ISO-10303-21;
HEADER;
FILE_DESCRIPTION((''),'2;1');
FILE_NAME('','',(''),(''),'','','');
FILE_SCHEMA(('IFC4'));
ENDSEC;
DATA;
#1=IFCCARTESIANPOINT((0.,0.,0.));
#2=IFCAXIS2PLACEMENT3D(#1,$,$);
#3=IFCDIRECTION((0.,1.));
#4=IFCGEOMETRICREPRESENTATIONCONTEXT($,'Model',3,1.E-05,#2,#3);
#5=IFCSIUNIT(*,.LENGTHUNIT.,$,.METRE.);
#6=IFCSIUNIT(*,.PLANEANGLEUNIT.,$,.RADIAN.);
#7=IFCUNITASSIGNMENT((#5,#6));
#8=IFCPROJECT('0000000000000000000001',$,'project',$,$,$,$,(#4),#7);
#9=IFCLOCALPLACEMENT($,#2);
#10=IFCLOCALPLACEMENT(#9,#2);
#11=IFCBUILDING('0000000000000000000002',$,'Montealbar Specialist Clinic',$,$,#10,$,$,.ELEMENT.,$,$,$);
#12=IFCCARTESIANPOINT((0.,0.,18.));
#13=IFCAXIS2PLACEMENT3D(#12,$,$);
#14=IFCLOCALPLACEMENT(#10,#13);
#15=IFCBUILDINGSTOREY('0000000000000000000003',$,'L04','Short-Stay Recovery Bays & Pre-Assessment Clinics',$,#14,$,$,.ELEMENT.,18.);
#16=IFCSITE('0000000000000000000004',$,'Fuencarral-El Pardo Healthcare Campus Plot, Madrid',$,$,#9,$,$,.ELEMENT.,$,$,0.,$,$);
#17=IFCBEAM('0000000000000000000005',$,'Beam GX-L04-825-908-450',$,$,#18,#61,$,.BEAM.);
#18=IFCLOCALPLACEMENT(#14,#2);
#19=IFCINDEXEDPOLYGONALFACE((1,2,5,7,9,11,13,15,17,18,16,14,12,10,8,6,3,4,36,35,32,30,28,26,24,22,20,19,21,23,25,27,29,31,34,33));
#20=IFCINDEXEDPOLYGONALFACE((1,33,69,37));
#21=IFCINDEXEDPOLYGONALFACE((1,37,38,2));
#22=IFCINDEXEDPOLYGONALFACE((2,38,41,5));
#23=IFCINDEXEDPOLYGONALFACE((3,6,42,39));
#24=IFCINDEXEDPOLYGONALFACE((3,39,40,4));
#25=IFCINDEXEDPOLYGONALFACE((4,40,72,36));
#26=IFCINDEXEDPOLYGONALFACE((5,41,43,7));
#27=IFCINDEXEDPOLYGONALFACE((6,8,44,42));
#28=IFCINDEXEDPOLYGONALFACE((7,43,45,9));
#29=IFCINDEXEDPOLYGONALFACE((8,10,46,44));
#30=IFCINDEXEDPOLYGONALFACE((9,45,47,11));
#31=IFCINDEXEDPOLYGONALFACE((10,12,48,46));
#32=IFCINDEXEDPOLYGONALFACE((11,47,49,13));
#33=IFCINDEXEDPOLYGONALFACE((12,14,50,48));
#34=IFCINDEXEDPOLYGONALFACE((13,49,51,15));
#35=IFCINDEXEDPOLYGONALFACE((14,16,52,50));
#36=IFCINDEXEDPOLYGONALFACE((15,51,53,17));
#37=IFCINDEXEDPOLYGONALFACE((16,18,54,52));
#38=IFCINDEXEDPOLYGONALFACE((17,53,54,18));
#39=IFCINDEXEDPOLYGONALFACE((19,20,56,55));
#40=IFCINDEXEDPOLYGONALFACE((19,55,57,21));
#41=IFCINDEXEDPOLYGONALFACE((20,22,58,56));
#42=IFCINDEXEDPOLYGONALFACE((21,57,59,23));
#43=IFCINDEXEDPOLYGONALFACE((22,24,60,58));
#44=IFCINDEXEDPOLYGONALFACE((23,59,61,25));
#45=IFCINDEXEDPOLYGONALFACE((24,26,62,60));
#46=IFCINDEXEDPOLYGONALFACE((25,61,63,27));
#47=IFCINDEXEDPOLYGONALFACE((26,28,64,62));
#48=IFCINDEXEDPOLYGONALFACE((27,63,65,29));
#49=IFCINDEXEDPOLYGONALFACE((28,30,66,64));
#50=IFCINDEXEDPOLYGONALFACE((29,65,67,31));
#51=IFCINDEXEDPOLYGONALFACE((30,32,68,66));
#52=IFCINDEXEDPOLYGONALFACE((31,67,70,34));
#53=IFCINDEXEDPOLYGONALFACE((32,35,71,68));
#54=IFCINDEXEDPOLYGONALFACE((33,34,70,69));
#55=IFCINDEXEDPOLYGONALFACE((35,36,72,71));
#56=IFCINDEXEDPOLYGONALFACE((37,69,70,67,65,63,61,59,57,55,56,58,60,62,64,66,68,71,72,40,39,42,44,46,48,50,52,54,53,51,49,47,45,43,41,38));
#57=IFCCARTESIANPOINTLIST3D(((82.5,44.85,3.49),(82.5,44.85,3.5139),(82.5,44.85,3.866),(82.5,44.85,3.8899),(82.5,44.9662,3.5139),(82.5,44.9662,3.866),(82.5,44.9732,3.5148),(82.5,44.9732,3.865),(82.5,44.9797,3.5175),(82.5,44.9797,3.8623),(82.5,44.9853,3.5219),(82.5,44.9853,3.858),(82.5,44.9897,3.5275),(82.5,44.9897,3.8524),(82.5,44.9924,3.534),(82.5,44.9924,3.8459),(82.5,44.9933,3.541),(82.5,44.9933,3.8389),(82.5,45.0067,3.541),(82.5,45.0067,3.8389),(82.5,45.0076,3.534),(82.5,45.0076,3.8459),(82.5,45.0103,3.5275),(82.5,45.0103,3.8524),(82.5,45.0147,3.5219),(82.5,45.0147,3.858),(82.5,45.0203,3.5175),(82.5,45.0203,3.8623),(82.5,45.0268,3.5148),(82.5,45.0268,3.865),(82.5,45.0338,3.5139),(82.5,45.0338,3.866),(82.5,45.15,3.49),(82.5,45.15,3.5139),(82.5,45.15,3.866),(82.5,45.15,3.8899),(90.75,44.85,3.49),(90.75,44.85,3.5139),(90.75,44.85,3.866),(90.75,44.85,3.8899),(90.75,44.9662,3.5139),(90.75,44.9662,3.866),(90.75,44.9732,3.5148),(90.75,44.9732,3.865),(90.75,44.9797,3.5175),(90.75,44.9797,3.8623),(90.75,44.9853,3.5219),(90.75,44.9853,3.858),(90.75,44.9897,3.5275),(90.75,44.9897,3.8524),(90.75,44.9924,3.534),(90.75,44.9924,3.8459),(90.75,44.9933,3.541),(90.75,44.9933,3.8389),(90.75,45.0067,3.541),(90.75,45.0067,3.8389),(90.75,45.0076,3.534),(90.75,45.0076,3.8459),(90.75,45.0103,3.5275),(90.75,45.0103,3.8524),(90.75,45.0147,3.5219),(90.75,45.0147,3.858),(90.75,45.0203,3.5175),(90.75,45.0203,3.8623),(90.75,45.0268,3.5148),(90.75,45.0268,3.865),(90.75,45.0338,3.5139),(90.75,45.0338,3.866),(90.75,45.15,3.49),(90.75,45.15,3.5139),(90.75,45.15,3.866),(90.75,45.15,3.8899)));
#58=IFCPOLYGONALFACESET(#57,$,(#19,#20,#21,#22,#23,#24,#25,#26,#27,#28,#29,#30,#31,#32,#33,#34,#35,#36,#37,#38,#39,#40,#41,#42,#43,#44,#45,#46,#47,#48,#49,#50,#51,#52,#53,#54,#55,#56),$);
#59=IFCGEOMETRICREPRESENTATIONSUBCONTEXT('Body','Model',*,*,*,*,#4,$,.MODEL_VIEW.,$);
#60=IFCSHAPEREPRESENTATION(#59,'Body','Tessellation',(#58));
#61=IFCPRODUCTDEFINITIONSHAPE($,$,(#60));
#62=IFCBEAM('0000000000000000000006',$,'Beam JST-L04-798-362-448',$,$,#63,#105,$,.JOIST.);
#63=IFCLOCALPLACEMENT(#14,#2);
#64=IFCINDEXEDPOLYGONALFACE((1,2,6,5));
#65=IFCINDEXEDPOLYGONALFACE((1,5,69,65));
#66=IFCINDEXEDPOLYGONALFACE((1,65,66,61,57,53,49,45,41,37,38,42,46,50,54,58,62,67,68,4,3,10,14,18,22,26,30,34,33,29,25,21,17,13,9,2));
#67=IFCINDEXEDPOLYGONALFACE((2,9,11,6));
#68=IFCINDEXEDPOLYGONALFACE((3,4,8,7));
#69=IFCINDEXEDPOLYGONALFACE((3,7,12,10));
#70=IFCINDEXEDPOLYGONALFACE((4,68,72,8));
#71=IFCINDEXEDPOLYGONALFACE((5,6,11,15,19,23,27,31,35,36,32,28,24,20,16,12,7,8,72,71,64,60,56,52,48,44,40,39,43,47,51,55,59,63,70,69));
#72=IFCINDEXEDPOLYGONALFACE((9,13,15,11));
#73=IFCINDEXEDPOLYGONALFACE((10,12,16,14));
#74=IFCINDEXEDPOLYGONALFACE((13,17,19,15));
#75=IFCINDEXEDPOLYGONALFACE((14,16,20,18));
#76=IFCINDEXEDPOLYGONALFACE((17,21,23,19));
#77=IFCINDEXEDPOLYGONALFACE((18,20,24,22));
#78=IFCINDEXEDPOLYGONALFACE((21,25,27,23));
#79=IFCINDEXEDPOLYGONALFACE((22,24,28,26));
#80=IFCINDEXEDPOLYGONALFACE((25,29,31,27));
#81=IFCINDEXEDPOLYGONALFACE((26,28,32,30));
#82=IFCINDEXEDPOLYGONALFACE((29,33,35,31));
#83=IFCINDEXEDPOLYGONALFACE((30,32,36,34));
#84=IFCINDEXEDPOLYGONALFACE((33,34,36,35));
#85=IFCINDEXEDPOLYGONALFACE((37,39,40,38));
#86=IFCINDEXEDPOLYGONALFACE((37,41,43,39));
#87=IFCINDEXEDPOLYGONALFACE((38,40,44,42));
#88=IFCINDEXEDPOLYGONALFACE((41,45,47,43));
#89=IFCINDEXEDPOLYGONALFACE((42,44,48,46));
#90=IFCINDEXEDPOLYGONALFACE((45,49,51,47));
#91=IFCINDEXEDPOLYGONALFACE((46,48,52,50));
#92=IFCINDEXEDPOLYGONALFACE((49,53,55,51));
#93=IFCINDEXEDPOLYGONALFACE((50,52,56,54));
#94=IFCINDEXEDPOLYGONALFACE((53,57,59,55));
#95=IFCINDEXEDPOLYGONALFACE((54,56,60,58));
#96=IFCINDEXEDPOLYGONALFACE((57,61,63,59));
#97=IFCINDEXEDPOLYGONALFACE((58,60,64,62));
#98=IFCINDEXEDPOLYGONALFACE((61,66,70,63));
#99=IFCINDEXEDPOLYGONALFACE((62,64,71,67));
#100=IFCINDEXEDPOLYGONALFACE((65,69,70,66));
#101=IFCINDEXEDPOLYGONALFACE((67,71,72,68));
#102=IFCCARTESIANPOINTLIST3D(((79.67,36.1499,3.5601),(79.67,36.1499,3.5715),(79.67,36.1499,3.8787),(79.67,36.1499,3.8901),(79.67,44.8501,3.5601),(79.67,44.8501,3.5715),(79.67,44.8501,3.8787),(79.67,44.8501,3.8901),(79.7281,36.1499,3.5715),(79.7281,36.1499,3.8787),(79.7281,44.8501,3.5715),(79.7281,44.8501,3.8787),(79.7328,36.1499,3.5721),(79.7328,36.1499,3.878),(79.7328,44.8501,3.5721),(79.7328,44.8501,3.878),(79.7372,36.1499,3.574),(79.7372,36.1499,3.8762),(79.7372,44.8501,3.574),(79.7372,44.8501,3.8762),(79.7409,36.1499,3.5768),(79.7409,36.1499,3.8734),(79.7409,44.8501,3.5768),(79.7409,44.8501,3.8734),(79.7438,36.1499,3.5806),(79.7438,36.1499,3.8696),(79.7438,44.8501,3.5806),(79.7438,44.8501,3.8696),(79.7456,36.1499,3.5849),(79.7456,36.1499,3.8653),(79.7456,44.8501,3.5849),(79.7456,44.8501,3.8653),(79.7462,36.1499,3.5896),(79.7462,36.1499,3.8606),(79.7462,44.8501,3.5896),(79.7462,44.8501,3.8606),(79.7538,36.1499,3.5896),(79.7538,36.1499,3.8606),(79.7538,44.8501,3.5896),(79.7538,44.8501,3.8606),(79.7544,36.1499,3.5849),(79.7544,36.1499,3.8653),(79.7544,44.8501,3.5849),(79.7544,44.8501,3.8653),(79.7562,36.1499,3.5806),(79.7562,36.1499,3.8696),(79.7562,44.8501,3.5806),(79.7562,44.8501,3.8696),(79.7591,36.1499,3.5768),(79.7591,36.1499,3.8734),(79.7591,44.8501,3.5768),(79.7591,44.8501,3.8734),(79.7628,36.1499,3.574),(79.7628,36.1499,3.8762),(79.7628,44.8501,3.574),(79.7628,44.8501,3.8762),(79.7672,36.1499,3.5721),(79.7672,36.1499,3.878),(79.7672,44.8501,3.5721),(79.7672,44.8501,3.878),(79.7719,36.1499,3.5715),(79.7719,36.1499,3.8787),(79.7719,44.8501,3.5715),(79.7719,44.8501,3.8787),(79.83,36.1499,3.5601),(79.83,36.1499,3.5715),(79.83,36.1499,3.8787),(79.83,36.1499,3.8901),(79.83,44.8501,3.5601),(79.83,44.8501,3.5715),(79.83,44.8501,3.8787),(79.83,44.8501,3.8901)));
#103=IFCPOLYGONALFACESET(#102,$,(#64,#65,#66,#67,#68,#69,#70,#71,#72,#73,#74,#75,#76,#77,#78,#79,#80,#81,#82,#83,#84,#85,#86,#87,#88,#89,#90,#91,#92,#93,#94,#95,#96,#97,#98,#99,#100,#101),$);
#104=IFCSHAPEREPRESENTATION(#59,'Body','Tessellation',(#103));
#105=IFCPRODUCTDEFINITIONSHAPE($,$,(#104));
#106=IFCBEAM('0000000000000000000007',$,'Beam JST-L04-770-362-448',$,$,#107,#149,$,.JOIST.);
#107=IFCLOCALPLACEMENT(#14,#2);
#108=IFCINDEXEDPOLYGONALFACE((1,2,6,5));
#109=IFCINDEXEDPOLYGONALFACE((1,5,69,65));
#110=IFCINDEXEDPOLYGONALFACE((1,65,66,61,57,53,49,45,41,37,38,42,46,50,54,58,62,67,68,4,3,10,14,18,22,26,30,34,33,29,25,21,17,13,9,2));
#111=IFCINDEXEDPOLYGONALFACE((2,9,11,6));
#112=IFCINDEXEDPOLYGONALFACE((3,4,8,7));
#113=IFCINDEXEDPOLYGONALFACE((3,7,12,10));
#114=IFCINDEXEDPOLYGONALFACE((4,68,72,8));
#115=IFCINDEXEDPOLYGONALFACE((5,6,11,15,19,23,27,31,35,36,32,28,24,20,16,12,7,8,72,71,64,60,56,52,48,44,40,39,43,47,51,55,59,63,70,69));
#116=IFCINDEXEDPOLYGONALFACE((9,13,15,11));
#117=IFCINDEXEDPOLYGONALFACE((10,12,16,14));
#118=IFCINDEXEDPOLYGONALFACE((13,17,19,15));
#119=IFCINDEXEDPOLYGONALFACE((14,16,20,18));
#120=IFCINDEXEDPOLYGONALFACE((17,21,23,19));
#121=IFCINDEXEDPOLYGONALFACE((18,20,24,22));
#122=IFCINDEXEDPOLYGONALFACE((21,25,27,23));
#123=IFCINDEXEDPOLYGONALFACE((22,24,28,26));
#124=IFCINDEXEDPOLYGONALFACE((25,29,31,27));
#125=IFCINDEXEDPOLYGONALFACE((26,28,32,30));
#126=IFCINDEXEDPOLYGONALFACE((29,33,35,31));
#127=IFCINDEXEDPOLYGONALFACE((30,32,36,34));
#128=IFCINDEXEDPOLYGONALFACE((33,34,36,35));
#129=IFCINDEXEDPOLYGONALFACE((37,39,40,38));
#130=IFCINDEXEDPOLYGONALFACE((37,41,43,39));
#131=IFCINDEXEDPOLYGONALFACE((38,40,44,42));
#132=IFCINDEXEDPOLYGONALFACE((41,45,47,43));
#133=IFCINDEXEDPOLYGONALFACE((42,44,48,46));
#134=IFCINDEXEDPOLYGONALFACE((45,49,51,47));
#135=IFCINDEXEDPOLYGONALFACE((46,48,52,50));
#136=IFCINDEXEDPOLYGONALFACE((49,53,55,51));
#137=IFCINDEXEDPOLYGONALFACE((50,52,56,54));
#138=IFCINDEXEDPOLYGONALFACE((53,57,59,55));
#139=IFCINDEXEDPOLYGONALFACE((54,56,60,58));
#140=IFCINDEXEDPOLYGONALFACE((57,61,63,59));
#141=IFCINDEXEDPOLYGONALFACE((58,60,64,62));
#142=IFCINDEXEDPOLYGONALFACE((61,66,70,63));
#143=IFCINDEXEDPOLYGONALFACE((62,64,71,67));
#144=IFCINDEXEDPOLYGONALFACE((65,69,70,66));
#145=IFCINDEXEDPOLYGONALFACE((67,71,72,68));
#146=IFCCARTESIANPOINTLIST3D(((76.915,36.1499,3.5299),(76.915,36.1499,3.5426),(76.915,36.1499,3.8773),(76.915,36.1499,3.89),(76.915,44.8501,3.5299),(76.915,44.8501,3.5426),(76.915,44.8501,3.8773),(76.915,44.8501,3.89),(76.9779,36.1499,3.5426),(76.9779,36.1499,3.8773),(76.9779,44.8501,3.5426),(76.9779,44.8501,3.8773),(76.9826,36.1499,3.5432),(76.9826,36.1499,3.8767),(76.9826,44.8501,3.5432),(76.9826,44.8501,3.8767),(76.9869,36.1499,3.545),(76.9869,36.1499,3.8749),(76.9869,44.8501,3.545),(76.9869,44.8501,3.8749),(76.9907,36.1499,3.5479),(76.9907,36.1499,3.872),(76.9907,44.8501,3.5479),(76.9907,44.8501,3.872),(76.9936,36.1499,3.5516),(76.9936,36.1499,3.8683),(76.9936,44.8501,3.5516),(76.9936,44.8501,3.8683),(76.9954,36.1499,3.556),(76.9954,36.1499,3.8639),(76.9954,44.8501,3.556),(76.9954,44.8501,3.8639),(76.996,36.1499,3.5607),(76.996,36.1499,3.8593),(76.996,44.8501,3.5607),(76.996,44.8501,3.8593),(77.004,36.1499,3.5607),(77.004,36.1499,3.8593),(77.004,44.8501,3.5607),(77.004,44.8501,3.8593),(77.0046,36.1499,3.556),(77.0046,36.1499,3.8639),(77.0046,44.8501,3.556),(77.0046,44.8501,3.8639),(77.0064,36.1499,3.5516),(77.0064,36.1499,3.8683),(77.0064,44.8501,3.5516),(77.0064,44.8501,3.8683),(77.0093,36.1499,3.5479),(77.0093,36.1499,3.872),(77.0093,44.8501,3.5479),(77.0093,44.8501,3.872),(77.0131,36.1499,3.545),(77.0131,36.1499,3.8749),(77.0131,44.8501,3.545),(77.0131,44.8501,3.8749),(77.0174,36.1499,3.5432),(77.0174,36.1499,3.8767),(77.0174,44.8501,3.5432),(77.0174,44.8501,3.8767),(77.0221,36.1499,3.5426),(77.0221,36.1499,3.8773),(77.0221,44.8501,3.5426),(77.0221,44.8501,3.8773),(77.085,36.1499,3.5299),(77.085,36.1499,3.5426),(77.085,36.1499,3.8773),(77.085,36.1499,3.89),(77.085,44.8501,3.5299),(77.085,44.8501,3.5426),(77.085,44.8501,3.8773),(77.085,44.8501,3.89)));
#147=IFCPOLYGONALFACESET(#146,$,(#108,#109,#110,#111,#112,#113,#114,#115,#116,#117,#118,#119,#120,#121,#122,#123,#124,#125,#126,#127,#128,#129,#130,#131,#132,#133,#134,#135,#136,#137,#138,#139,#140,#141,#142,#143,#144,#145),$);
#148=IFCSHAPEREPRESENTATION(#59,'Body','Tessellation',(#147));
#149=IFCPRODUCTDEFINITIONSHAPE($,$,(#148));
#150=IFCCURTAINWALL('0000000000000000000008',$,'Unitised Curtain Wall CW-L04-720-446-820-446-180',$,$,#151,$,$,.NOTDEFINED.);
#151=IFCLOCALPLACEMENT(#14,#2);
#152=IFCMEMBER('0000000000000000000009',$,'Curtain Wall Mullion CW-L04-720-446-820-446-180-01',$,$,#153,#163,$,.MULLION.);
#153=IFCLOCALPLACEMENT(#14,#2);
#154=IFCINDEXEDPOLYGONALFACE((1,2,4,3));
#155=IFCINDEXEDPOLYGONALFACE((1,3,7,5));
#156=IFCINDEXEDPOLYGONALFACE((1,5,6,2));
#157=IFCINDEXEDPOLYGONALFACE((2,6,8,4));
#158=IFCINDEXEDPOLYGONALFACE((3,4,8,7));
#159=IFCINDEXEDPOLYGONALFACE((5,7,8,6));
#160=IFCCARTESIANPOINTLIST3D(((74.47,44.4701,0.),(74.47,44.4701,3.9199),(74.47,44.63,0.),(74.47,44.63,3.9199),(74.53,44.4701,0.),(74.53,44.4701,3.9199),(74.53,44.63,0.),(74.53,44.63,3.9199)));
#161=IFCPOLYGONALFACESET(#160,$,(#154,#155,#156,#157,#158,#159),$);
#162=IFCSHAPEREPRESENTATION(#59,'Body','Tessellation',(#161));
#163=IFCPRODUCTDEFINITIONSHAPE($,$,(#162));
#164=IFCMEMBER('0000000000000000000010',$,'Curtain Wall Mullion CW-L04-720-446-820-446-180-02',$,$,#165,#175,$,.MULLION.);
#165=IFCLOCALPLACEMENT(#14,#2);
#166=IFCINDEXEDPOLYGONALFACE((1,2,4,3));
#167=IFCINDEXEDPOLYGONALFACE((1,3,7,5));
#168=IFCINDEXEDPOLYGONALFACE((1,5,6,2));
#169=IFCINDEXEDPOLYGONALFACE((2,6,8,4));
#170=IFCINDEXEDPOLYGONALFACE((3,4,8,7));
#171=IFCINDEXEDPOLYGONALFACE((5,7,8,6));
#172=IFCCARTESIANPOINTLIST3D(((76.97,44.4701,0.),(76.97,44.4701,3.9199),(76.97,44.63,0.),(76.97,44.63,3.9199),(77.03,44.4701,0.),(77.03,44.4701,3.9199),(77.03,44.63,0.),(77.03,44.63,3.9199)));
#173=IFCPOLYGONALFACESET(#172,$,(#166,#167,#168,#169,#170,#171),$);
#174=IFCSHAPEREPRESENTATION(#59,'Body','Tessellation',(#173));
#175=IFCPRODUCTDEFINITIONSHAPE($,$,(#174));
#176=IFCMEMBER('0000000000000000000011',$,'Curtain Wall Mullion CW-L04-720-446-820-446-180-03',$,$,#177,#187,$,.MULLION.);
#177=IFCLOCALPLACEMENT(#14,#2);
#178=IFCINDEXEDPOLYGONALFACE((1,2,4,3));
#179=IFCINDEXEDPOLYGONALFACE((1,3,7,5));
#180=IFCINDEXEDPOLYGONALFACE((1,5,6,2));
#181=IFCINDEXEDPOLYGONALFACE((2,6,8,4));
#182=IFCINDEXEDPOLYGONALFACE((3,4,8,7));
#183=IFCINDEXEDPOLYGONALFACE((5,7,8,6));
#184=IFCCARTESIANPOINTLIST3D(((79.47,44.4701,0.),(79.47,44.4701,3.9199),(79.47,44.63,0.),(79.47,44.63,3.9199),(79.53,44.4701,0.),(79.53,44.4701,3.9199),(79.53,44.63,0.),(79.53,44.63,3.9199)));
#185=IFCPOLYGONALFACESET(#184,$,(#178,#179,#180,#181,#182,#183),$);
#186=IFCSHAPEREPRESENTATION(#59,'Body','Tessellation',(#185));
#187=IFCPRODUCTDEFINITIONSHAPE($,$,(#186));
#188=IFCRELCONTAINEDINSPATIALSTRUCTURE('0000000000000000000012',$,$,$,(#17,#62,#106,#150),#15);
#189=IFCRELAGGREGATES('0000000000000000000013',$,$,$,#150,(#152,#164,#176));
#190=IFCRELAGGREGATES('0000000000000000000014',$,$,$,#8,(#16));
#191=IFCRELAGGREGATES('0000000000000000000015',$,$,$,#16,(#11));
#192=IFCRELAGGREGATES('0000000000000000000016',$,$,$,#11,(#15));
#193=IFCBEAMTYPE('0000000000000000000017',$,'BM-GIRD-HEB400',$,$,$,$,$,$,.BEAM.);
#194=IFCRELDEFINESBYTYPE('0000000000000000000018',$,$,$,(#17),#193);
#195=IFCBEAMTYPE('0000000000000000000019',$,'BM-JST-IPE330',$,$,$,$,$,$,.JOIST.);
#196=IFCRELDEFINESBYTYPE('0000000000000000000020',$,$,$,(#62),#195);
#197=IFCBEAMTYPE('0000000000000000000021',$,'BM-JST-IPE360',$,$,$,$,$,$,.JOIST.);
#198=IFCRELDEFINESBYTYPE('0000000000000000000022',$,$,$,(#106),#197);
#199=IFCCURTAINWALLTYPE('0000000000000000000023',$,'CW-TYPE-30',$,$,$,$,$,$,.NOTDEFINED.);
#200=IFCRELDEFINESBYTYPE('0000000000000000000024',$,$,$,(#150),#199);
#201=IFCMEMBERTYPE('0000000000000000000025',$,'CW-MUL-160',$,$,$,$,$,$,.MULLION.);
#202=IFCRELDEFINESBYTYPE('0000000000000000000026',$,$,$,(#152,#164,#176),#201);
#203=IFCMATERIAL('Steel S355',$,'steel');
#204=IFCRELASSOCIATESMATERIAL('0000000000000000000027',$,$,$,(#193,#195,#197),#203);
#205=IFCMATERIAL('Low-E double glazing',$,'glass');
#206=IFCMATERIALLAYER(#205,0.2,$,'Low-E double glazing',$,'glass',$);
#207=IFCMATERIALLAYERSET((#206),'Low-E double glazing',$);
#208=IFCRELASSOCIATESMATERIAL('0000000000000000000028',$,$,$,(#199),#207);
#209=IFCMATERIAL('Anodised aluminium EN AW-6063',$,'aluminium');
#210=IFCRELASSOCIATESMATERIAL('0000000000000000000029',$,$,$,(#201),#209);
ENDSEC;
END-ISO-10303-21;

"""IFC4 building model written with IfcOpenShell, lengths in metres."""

from ifc_helpers import new_model, si_unit, direction, frame, origin, origin_2d, place, context, subcontext, project, spatial, rectangle, i_section, extrude, material, layer, layer_set, material_profile, profile_set, type_object, element, aggregate, save


model = new_model("IFC4")

# Units and contexts
model_context = context("Model", 3, precision=1e-05, world=origin(), true_north=direction((0.0, 1.0)))
body_context = subcontext(model_context, "Body", "Model", "MODEL_VIEW")
ifc_project = project(units=[si_unit("LENGTHUNIT", "METRE"), si_unit("PLANEANGLEUNIT", "RADIAN")], contexts=[model_context])

# Site, building, storey
site_placement = place(None, origin())
site = spatial("IfcSite", under=ifc_project, at=site_placement, Name="Fuencarral-El Pardo Healthcare Campus Plot, Madrid", CompositionType="ELEMENT", RefElevation=0.0)
building_placement = place(site_placement, origin())
building = spatial("IfcBuilding", under=site, at=building_placement, Name="Montealbar Specialist Clinic", CompositionType="ELEMENT")
storey_placement = place(building_placement, frame((0.0, 0.0, 18.0)))
storey = spatial("IfcBuildingStorey", under=building, at=storey_placement, Name="L04", Description="Short-Stay Recovery Bays & Pre-Assessment Clinics", CompositionType="ELEMENT", Elevation=18.0)

# Shared definitions
ifc_material_1 = material(Name="Steel S355", Category="steel")

# Beams
ifc_material_profile_1 = material_profile(ifc_material_1, i_section(OverallWidth=0.3, OverallDepth=0.3999, WebThickness=0.0134, FlangeThickness=0.0239, FilletRadius=0.0271, at=origin_2d()), Name="HEB 400", Category="steel")
ifc_profile_set_1 = profile_set([ifc_material_profile_1], Name="Steel S355")
beam_type_1 = type_object("IfcBeamType", Name="BM-GIRD-HEB400", PredefinedType="BEAM", material=ifc_profile_set_1)
for number, where, z_axis, x_axis, name in (
    (1, (82.5, 45.0, 3.6899), (1.0, 0.0, 0.0), (0.0, 1.0, 0.0), "Beam GX-L04-825-908-450"),
):
    element("IfcBeam", number, at=place(storey_placement, frame(where, z_axis=z_axis, x_axis=x_axis)), inside=storey, type_object=beam_type_1, Name=name, PredefinedType="BEAM", context=body_context, shape_type="SweptSolid", body=[
        extrude(i_section(OverallWidth=0.3, OverallDepth=0.3999, WebThickness=0.0134, FlangeThickness=0.0239, FilletRadius=0.0271, at=origin_2d()), origin(), (0.0, 0.0, 1.0), 8.25),
    ])
ifc_material_profile_2 = material_profile(ifc_material_1, i_section(OverallWidth=0.1599, OverallDepth=0.3301, WebThickness=0.0076, FlangeThickness=0.0115, FilletRadius=0.0181, at=origin_2d()), Name="IPE 330", Category="steel")
ifc_profile_set_2 = profile_set([ifc_material_profile_2], Name="Steel S355")
beam_type_2 = type_object("IfcBeamType", Name="BM-JST-IPE330", PredefinedType="JOIST", material=ifc_profile_set_2)
beam_1_placement = place(storey_placement, frame((79.75, 36.1499, 3.7251), z_axis=(0.0, 1.0, 0.0), x_axis=(-1.0, 0.0, 0.0)))
element("IfcBeam", 2, at=beam_1_placement, inside=storey, type_object=beam_type_2, Name="Beam JST-L04-798-362-448", PredefinedType="JOIST", context=body_context, shape_type="SweptSolid", body=[
    extrude(i_section(OverallWidth=0.1599, OverallDepth=0.3301, WebThickness=0.0076, FlangeThickness=0.0115, FilletRadius=0.0181, at=origin_2d()), origin(), (0.0, 0.0, 1.0), 8.7002),
])
ifc_material_profile_3 = material_profile(ifc_material_1, i_section(OverallWidth=0.1699, OverallDepth=0.3601, WebThickness=0.0081, FlangeThickness=0.0127, FilletRadius=0.0181, at=origin_2d()), Name="IPE 360", Category="steel")
ifc_profile_set_3 = profile_set([ifc_material_profile_3], Name="Steel S355")
beam_type_3 = type_object("IfcBeamType", Name="BM-JST-IPE360", PredefinedType="JOIST", material=ifc_profile_set_3)
beam_2_placement = place(storey_placement, frame((77.0, 36.1499, 3.71), z_axis=(0.0, 1.0, 0.0), x_axis=(-1.0, 0.0, 0.0)))
element("IfcBeam", 3, at=beam_2_placement, inside=storey, type_object=beam_type_3, Name="Beam JST-L04-770-362-448", PredefinedType="JOIST", context=body_context, shape_type="SweptSolid", body=[
    extrude(i_section(OverallWidth=0.1699, OverallDepth=0.3601, WebThickness=0.0081, FlangeThickness=0.0127, FilletRadius=0.0181, at=origin_2d()), origin(), (0.0, 0.0, 1.0), 8.7002),
])

# Curtain wall, members
ifc_material_2 = material(Name="Low-E double glazing", Category="glass")
ifc_layer_1 = layer(ifc_material_2, 0.2, Name="Low-E double glazing", Category="glass")
ifc_layer_set_1 = layer_set([ifc_layer_1], Name="Low-E double glazing")
curtain_wall_type = type_object("IfcCurtainWallType", Name="CW-TYPE-30", PredefinedType="NOTDEFINED", material=ifc_layer_set_1)
curtain_wall_1_placement = place(storey_placement, origin())
curtain_wall_1 = element("IfcCurtainWall", 4, at=curtain_wall_1_placement, inside=storey, type_object=curtain_wall_type, Name="Unitised Curtain Wall CW-L04-720-446-820-446-180", PredefinedType="NOTDEFINED")
ifc_material_3 = material(Name="Anodised aluminium EN AW-6063", Category="aluminium")
ifc_material_profile_4 = material_profile(ifc_material_3, rectangle(XDim=0.0601, YDim=0.1599, at=origin_2d()), Name="ALU 60x160", Category="aluminium")
ifc_profile_set_4 = profile_set([ifc_material_profile_4], Name="Anodised aluminium EN AW-6063")
member_type_1 = type_object("IfcMemberType", Name="CW-MUL-160", PredefinedType="MULLION", material=ifc_profile_set_4)
member_1_placement = place(storey_placement, frame((74.5, 44.55, 0.0), z_axis=(0.0, 0.0, 1.0), x_axis=(1.0, 0.0, 0.0)))
member_1 = element("IfcMember", 5, at=member_1_placement, type_object=member_type_1, Name="Curtain Wall Mullion CW-L04-720-446-820-446-180-01", PredefinedType="MULLION", context=body_context, shape_type="SweptSolid", body=[
    extrude(rectangle(XDim=0.0601, YDim=0.1599, at=origin_2d()), origin(), (0.0, 0.0, 1.0), 3.9199),
])
member_2_placement = place(storey_placement, frame((77.0, 44.55, 0.0), z_axis=(0.0, 0.0, 1.0), x_axis=(1.0, 0.0, 0.0)))
member_2 = element("IfcMember", 6, at=member_2_placement, type_object=member_type_1, Name="Curtain Wall Mullion CW-L04-720-446-820-446-180-02", PredefinedType="MULLION", context=body_context, shape_type="SweptSolid", body=[
    extrude(rectangle(XDim=0.0601, YDim=0.1599, at=origin_2d()), origin(), (0.0, 0.0, 1.0), 3.9199),
])
member_3_placement = place(storey_placement, frame((79.5, 44.55, 0.0), z_axis=(0.0, 0.0, 1.0), x_axis=(1.0, 0.0, 0.0)))
member_3 = element("IfcMember", 7, at=member_3_placement, type_object=member_type_1, Name="Curtain Wall Mullion CW-L04-720-446-820-446-180-03", PredefinedType="MULLION", context=body_context, shape_type="SweptSolid", body=[
    extrude(rectangle(XDim=0.0601, YDim=0.1599, at=origin_2d()), origin(), (0.0, 0.0, 1.0), 3.9199),
])

aggregate(curtain_wall_1, [member_1, member_2, member_3])

save(model, "model.ifc")
